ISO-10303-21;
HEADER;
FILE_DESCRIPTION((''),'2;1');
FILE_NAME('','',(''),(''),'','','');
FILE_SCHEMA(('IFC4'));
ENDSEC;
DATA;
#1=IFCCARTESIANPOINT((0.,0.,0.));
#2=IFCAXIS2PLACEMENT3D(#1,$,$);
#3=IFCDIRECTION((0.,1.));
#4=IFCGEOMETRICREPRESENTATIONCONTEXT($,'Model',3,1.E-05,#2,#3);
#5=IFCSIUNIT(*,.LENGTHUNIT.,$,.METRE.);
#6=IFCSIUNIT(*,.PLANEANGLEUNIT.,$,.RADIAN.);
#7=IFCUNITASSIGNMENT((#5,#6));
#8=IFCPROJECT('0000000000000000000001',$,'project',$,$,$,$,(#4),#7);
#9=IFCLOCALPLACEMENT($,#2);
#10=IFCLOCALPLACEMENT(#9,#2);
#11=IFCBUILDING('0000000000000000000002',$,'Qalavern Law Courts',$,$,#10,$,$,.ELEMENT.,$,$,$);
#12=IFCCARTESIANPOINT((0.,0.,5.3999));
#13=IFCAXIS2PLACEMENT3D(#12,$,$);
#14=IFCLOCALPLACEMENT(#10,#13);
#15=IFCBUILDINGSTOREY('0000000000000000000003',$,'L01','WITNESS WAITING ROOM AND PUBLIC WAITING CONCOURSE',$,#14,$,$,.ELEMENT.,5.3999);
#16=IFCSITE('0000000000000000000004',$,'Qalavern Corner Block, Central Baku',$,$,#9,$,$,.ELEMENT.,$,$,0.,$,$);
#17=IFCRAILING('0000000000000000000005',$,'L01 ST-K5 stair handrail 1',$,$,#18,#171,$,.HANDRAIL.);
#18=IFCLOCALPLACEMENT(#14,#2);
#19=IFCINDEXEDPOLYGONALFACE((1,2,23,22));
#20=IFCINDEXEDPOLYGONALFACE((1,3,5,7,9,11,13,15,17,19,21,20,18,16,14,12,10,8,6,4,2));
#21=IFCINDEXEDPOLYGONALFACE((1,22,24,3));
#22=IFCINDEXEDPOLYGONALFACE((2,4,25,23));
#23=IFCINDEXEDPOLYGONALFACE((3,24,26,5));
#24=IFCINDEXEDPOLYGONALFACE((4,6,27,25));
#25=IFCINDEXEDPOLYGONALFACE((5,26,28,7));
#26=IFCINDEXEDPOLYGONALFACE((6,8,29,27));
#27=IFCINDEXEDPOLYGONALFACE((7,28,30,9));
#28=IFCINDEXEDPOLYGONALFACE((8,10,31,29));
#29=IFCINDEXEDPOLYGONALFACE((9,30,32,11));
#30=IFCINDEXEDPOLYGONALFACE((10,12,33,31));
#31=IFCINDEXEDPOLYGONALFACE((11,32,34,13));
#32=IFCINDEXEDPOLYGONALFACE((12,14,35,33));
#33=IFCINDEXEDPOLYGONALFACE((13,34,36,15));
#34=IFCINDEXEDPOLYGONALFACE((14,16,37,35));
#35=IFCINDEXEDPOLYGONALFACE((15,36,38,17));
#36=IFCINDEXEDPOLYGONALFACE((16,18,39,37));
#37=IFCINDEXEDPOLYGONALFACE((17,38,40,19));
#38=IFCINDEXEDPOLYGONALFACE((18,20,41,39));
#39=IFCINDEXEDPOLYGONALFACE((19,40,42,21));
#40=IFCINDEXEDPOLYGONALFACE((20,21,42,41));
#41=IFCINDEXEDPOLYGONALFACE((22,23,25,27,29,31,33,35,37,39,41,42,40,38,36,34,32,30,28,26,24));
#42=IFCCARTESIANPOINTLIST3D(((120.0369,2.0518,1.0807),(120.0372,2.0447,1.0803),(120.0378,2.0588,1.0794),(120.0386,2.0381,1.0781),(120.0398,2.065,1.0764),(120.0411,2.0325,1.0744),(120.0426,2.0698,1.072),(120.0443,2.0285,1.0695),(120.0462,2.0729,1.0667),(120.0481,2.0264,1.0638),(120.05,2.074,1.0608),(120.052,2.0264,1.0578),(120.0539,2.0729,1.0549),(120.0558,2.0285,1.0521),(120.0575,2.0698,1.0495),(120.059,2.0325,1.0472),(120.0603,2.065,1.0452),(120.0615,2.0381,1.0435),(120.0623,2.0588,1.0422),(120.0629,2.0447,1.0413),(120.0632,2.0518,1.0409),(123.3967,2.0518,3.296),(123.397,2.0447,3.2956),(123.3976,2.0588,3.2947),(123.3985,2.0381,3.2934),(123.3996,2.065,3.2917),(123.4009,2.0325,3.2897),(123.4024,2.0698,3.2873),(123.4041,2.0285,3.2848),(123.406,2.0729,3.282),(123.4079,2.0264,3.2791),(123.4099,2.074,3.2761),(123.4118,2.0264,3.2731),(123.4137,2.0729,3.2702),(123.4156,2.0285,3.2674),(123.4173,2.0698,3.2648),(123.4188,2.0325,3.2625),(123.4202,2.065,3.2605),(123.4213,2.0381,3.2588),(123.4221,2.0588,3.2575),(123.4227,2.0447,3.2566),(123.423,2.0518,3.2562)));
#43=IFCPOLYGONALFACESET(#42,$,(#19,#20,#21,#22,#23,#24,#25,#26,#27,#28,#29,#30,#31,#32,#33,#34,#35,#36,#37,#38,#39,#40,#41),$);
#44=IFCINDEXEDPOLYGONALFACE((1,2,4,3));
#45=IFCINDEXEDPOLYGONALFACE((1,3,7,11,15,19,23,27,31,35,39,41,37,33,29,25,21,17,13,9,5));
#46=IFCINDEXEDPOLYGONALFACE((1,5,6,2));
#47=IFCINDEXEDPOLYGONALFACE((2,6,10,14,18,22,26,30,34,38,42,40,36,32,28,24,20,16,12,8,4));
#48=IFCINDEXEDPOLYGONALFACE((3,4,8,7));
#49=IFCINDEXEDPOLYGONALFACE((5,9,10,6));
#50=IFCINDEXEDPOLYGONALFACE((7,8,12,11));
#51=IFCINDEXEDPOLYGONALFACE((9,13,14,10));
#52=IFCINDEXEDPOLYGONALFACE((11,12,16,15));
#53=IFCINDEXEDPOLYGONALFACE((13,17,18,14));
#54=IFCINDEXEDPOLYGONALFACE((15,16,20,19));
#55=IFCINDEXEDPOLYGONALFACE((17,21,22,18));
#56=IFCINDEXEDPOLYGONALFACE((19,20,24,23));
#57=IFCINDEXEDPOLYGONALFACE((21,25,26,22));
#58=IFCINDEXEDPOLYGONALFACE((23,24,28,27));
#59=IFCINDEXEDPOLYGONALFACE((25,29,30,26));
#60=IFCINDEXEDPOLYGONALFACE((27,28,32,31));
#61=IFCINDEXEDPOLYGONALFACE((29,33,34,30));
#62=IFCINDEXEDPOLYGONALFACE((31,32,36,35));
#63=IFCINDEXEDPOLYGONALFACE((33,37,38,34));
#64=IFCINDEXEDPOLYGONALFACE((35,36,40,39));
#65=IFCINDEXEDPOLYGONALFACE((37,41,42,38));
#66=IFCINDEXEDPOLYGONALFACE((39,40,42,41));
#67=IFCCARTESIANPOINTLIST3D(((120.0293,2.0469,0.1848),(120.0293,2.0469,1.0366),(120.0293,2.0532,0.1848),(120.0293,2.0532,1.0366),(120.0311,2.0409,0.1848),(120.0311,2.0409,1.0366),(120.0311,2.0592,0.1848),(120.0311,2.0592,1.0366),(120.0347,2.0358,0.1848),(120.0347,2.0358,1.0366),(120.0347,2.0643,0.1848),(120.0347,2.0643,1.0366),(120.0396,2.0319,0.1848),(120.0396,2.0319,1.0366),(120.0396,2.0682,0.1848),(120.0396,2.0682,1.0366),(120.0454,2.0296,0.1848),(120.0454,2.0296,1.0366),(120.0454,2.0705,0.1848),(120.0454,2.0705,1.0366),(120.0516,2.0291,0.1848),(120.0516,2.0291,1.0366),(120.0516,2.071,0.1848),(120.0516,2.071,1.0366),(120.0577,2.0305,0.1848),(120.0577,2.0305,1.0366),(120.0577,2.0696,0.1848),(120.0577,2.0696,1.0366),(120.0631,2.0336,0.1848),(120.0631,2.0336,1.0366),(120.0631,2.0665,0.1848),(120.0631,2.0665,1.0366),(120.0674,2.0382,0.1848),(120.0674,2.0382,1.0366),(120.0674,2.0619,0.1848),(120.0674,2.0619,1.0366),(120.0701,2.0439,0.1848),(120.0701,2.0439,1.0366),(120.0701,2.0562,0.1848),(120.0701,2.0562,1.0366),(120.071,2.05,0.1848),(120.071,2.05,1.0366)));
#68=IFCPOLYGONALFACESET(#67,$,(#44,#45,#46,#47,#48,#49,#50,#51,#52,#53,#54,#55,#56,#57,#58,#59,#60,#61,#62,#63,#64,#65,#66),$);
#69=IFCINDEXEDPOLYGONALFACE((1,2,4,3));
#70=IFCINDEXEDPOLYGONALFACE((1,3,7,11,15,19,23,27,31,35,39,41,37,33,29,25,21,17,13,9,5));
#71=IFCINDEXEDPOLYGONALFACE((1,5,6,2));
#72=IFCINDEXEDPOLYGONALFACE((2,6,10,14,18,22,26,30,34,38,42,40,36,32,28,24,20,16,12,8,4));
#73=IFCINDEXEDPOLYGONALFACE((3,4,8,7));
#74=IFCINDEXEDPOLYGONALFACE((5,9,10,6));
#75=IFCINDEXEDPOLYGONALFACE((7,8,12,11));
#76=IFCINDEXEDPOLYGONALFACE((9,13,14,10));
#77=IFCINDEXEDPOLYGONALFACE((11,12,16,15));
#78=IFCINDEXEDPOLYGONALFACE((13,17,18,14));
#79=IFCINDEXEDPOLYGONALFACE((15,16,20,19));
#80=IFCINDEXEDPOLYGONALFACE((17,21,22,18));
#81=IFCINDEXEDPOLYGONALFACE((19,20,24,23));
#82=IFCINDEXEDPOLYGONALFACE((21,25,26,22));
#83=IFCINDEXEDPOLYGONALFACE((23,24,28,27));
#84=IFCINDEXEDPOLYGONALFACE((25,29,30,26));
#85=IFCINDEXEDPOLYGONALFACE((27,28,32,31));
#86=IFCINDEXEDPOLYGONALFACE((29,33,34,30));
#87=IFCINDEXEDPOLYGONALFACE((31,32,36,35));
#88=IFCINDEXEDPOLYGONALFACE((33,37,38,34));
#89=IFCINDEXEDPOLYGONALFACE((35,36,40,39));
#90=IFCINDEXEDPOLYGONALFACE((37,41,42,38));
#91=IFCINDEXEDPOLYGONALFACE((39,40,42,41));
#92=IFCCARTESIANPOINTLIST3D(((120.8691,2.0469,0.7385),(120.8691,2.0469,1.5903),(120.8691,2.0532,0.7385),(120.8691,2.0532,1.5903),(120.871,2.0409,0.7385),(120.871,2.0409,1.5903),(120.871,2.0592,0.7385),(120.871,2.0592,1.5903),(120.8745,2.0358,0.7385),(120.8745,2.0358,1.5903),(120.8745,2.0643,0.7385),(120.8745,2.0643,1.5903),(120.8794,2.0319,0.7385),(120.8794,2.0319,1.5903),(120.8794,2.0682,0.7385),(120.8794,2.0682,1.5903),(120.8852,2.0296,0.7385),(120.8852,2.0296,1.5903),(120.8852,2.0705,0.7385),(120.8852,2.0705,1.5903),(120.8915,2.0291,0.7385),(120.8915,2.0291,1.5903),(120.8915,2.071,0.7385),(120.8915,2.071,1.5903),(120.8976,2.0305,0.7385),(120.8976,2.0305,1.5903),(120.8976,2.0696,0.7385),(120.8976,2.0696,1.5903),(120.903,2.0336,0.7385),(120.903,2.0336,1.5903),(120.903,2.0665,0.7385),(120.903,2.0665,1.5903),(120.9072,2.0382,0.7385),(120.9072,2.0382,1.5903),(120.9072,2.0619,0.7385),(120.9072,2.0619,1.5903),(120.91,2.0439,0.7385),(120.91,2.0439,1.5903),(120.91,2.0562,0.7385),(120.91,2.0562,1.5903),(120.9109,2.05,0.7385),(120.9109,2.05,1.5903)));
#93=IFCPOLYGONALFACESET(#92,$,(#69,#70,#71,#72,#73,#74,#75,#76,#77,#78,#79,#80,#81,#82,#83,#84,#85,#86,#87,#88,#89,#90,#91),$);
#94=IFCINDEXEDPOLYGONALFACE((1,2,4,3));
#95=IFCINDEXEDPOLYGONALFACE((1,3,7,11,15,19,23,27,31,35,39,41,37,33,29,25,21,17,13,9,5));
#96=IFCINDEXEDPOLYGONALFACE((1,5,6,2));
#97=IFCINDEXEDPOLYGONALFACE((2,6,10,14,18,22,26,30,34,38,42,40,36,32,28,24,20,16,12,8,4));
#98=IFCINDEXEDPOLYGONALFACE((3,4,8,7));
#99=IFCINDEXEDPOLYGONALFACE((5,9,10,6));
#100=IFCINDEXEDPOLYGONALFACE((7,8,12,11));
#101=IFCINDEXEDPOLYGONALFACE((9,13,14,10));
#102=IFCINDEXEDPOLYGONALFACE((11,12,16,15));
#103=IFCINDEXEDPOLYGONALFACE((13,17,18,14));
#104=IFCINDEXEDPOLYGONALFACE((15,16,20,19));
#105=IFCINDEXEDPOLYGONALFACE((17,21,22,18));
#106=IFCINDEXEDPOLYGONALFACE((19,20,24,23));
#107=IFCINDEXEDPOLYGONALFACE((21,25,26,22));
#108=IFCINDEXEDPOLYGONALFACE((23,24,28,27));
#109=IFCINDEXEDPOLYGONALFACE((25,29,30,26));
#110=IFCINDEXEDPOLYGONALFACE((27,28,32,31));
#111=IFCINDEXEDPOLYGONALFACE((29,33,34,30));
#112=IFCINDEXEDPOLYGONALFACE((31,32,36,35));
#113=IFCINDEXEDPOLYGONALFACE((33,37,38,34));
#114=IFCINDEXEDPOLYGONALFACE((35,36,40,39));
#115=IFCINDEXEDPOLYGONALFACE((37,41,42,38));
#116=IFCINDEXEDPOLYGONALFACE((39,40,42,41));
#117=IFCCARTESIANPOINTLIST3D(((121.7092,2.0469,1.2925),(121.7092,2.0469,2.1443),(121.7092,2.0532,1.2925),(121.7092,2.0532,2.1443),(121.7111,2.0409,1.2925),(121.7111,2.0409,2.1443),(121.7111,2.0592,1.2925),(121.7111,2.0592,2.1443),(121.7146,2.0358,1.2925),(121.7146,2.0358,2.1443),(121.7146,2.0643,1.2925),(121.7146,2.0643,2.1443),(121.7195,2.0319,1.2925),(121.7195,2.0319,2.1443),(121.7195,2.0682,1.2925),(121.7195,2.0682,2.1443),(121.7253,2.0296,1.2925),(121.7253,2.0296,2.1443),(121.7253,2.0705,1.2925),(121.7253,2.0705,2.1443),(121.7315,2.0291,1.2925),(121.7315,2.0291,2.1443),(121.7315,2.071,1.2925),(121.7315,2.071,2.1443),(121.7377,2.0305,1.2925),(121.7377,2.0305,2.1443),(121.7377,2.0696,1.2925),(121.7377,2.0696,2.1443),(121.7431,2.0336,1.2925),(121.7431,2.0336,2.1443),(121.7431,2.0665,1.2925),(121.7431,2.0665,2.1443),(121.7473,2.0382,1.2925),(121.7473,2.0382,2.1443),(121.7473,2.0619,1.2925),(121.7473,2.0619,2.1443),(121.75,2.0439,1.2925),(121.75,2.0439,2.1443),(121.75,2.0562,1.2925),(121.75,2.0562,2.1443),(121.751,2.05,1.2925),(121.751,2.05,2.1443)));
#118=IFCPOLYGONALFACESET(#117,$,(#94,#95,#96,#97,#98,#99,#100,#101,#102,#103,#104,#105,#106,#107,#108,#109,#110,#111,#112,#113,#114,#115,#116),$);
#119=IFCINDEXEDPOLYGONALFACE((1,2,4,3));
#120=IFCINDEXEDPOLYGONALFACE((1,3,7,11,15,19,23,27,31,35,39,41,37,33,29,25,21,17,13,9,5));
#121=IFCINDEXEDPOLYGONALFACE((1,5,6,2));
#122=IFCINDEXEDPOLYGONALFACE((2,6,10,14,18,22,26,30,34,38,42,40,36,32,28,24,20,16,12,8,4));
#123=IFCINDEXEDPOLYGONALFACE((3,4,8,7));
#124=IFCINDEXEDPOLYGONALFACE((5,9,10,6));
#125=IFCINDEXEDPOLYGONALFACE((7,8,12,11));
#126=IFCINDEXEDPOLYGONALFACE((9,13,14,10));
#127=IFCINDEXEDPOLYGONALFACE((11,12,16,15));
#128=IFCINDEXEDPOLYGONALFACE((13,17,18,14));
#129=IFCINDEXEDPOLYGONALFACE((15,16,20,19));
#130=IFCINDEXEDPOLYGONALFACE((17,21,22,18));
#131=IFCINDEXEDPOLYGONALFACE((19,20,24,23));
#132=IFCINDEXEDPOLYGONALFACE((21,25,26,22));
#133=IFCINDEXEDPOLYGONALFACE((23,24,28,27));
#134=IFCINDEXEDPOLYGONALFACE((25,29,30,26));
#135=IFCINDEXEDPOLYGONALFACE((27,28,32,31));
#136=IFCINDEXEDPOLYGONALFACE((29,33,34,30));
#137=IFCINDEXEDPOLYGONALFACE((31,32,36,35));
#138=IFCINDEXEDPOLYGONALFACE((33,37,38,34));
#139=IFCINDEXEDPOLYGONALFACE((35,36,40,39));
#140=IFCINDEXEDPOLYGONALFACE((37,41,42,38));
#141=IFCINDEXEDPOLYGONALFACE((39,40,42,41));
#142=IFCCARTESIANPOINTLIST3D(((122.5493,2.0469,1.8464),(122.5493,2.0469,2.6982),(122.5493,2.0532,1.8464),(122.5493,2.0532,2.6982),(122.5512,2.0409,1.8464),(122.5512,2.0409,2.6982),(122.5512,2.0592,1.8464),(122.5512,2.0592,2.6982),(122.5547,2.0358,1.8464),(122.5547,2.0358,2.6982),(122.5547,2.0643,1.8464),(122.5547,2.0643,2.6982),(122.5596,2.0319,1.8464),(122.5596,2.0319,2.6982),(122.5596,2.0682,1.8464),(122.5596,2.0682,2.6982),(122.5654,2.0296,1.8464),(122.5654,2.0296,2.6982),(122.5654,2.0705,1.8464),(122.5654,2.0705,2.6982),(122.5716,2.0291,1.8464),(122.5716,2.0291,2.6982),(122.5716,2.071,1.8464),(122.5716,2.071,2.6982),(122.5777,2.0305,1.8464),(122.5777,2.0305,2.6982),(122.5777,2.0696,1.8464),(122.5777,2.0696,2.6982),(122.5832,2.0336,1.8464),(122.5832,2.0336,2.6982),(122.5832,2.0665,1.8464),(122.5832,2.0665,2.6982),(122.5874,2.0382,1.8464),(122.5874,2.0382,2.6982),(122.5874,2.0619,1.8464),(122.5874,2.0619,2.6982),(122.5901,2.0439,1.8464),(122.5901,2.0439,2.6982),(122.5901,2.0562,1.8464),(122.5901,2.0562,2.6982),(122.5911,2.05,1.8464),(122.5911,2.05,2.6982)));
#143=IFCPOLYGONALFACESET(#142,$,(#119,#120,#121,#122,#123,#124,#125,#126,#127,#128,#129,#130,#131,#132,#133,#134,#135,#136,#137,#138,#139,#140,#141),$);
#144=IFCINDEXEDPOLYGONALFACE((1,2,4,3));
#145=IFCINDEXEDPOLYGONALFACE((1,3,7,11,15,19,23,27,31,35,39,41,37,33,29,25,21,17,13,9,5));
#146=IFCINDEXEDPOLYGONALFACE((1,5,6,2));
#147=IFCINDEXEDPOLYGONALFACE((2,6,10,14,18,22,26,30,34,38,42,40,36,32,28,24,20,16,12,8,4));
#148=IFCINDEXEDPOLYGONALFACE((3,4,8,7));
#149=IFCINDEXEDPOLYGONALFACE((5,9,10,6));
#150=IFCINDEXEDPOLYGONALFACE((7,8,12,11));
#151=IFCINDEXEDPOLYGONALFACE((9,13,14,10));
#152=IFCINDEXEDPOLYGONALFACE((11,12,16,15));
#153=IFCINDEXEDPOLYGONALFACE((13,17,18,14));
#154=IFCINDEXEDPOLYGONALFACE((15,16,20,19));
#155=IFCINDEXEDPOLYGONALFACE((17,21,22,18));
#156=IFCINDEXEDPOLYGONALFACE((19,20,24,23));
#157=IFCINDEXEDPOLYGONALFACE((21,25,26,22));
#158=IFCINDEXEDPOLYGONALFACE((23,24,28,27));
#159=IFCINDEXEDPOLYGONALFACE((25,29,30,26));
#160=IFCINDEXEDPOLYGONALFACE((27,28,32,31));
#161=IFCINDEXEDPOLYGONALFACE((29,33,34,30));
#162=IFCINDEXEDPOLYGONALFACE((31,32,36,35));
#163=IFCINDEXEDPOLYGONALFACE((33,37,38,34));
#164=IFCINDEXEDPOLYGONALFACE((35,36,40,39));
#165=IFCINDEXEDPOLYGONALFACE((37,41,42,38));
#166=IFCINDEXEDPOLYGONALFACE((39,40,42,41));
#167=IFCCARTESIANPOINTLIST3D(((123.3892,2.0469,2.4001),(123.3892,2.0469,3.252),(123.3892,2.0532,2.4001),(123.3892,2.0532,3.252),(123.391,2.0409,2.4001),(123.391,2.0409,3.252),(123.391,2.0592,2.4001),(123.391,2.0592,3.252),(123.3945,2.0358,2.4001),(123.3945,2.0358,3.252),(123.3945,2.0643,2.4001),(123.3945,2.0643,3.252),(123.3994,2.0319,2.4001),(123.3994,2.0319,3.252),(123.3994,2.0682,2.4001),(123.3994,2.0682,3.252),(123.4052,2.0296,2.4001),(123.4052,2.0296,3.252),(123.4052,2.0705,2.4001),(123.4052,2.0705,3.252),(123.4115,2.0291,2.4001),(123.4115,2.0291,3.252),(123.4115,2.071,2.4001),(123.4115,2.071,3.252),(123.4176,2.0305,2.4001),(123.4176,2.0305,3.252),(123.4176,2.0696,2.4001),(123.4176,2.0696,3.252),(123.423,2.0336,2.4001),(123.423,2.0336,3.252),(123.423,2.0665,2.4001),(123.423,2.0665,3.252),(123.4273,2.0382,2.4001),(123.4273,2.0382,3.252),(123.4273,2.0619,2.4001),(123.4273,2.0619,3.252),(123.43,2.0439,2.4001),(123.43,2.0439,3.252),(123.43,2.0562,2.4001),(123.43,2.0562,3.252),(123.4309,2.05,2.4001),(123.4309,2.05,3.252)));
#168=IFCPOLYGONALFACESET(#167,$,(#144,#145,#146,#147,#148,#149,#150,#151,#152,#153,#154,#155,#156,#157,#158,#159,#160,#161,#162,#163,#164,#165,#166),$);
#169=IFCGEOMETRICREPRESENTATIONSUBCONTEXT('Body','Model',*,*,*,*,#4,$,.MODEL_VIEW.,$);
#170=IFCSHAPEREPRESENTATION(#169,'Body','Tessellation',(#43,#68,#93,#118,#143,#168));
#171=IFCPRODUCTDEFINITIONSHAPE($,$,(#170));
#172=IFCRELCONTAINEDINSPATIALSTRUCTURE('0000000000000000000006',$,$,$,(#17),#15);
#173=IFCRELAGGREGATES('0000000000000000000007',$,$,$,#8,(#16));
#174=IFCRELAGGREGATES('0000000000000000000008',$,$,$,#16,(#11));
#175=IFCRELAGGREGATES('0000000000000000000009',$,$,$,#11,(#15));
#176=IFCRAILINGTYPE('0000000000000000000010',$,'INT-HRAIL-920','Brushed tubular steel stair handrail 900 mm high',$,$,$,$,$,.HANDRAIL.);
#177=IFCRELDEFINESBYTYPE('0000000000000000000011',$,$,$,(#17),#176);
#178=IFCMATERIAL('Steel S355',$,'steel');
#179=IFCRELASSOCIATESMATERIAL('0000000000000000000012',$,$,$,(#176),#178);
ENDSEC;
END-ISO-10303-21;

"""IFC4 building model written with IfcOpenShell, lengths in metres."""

from ifc_helpers import new_model, si_unit, direction, frame, origin, origin_2d, place, context, subcontext, project, spatial, circle, extrude, material, type_object, element, save


model = new_model("IFC4")

# Units and contexts
model_context = context("Model", 3, precision=1e-05, world=origin(), true_north=direction((0.0, 1.0)))
body_context = subcontext(model_context, "Body", "Model", "MODEL_VIEW")
ifc_project = project(units=[si_unit("LENGTHUNIT", "METRE"), si_unit("PLANEANGLEUNIT", "RADIAN")], contexts=[model_context])

# Site, building, storey
site_placement = place(None, origin())
site = spatial("IfcSite", under=ifc_project, at=site_placement, Name="Qalavern Corner Block, Central Baku", CompositionType="ELEMENT", RefElevation=0.0)
building_placement = place(site_placement, origin())
building = spatial("IfcBuilding", under=site, at=building_placement, Name="Qalavern Law Courts", CompositionType="ELEMENT")
storey_placement = place(building_placement, frame((0.0, 0.0, 5.3999)))
storey = spatial("IfcBuildingStorey", under=building, at=storey_placement, Name="L01", Description="WITNESS WAITING ROOM AND PUBLIC WAITING CONCOURSE", CompositionType="ELEMENT", Elevation=5.3999)

# Shared definitions
ifc_material_1 = material(Name="Steel S355", Category="steel")

# Railing
railing_type_1 = type_object("IfcRailingType", Name="INT-HRAIL-920", Description="Brushed tubular steel stair handrail 900 mm high", PredefinedType="HANDRAIL", material=ifc_material_1)
railing_1_placement = place(storey_placement, frame((120.05, 2.05, 0.1848)))
element("IfcRailing", 1, at=railing_1_placement, inside=storey, type_object=railing_type_1, Name="L01 ST-K5 stair handrail 1", PredefinedType="HANDRAIL", context=body_context, shape_type="SweptSolid", body=[
    extrude(circle(Radius=0.0239, at=origin_2d()), frame((0.0, 0.0, 0.876), z_axis=(0.834858, 0.0, 0.550465), x_axis=(0.0, 1.0, 0.0)), (0.0, 0.0, 1.0), 4.0244),
    extrude(circle(Radius=0.021, at=origin_2d()), origin(), (0.0, 0.0, 1.0), 0.8518),
    extrude(circle(Radius=0.021, at=origin_2d()), frame((0.8398, 0.0, 0.5537)), (0.0, 0.0, 1.0), 0.8518),
    extrude(circle(Radius=0.021, at=origin_2d()), frame((1.6799, 0.0, 1.1077)), (0.0, 0.0, 1.0), 0.8518),
    extrude(circle(Radius=0.021, at=origin_2d()), frame((2.52, 0.0, 1.6616)), (0.0, 0.0, 1.0), 0.8518),
    extrude(circle(Radius=0.021, at=origin_2d()), frame((3.3599, 0.0, 2.2153)), (0.0, 0.0, 1.0), 0.8518),
])

save(model, "model.ifc")
